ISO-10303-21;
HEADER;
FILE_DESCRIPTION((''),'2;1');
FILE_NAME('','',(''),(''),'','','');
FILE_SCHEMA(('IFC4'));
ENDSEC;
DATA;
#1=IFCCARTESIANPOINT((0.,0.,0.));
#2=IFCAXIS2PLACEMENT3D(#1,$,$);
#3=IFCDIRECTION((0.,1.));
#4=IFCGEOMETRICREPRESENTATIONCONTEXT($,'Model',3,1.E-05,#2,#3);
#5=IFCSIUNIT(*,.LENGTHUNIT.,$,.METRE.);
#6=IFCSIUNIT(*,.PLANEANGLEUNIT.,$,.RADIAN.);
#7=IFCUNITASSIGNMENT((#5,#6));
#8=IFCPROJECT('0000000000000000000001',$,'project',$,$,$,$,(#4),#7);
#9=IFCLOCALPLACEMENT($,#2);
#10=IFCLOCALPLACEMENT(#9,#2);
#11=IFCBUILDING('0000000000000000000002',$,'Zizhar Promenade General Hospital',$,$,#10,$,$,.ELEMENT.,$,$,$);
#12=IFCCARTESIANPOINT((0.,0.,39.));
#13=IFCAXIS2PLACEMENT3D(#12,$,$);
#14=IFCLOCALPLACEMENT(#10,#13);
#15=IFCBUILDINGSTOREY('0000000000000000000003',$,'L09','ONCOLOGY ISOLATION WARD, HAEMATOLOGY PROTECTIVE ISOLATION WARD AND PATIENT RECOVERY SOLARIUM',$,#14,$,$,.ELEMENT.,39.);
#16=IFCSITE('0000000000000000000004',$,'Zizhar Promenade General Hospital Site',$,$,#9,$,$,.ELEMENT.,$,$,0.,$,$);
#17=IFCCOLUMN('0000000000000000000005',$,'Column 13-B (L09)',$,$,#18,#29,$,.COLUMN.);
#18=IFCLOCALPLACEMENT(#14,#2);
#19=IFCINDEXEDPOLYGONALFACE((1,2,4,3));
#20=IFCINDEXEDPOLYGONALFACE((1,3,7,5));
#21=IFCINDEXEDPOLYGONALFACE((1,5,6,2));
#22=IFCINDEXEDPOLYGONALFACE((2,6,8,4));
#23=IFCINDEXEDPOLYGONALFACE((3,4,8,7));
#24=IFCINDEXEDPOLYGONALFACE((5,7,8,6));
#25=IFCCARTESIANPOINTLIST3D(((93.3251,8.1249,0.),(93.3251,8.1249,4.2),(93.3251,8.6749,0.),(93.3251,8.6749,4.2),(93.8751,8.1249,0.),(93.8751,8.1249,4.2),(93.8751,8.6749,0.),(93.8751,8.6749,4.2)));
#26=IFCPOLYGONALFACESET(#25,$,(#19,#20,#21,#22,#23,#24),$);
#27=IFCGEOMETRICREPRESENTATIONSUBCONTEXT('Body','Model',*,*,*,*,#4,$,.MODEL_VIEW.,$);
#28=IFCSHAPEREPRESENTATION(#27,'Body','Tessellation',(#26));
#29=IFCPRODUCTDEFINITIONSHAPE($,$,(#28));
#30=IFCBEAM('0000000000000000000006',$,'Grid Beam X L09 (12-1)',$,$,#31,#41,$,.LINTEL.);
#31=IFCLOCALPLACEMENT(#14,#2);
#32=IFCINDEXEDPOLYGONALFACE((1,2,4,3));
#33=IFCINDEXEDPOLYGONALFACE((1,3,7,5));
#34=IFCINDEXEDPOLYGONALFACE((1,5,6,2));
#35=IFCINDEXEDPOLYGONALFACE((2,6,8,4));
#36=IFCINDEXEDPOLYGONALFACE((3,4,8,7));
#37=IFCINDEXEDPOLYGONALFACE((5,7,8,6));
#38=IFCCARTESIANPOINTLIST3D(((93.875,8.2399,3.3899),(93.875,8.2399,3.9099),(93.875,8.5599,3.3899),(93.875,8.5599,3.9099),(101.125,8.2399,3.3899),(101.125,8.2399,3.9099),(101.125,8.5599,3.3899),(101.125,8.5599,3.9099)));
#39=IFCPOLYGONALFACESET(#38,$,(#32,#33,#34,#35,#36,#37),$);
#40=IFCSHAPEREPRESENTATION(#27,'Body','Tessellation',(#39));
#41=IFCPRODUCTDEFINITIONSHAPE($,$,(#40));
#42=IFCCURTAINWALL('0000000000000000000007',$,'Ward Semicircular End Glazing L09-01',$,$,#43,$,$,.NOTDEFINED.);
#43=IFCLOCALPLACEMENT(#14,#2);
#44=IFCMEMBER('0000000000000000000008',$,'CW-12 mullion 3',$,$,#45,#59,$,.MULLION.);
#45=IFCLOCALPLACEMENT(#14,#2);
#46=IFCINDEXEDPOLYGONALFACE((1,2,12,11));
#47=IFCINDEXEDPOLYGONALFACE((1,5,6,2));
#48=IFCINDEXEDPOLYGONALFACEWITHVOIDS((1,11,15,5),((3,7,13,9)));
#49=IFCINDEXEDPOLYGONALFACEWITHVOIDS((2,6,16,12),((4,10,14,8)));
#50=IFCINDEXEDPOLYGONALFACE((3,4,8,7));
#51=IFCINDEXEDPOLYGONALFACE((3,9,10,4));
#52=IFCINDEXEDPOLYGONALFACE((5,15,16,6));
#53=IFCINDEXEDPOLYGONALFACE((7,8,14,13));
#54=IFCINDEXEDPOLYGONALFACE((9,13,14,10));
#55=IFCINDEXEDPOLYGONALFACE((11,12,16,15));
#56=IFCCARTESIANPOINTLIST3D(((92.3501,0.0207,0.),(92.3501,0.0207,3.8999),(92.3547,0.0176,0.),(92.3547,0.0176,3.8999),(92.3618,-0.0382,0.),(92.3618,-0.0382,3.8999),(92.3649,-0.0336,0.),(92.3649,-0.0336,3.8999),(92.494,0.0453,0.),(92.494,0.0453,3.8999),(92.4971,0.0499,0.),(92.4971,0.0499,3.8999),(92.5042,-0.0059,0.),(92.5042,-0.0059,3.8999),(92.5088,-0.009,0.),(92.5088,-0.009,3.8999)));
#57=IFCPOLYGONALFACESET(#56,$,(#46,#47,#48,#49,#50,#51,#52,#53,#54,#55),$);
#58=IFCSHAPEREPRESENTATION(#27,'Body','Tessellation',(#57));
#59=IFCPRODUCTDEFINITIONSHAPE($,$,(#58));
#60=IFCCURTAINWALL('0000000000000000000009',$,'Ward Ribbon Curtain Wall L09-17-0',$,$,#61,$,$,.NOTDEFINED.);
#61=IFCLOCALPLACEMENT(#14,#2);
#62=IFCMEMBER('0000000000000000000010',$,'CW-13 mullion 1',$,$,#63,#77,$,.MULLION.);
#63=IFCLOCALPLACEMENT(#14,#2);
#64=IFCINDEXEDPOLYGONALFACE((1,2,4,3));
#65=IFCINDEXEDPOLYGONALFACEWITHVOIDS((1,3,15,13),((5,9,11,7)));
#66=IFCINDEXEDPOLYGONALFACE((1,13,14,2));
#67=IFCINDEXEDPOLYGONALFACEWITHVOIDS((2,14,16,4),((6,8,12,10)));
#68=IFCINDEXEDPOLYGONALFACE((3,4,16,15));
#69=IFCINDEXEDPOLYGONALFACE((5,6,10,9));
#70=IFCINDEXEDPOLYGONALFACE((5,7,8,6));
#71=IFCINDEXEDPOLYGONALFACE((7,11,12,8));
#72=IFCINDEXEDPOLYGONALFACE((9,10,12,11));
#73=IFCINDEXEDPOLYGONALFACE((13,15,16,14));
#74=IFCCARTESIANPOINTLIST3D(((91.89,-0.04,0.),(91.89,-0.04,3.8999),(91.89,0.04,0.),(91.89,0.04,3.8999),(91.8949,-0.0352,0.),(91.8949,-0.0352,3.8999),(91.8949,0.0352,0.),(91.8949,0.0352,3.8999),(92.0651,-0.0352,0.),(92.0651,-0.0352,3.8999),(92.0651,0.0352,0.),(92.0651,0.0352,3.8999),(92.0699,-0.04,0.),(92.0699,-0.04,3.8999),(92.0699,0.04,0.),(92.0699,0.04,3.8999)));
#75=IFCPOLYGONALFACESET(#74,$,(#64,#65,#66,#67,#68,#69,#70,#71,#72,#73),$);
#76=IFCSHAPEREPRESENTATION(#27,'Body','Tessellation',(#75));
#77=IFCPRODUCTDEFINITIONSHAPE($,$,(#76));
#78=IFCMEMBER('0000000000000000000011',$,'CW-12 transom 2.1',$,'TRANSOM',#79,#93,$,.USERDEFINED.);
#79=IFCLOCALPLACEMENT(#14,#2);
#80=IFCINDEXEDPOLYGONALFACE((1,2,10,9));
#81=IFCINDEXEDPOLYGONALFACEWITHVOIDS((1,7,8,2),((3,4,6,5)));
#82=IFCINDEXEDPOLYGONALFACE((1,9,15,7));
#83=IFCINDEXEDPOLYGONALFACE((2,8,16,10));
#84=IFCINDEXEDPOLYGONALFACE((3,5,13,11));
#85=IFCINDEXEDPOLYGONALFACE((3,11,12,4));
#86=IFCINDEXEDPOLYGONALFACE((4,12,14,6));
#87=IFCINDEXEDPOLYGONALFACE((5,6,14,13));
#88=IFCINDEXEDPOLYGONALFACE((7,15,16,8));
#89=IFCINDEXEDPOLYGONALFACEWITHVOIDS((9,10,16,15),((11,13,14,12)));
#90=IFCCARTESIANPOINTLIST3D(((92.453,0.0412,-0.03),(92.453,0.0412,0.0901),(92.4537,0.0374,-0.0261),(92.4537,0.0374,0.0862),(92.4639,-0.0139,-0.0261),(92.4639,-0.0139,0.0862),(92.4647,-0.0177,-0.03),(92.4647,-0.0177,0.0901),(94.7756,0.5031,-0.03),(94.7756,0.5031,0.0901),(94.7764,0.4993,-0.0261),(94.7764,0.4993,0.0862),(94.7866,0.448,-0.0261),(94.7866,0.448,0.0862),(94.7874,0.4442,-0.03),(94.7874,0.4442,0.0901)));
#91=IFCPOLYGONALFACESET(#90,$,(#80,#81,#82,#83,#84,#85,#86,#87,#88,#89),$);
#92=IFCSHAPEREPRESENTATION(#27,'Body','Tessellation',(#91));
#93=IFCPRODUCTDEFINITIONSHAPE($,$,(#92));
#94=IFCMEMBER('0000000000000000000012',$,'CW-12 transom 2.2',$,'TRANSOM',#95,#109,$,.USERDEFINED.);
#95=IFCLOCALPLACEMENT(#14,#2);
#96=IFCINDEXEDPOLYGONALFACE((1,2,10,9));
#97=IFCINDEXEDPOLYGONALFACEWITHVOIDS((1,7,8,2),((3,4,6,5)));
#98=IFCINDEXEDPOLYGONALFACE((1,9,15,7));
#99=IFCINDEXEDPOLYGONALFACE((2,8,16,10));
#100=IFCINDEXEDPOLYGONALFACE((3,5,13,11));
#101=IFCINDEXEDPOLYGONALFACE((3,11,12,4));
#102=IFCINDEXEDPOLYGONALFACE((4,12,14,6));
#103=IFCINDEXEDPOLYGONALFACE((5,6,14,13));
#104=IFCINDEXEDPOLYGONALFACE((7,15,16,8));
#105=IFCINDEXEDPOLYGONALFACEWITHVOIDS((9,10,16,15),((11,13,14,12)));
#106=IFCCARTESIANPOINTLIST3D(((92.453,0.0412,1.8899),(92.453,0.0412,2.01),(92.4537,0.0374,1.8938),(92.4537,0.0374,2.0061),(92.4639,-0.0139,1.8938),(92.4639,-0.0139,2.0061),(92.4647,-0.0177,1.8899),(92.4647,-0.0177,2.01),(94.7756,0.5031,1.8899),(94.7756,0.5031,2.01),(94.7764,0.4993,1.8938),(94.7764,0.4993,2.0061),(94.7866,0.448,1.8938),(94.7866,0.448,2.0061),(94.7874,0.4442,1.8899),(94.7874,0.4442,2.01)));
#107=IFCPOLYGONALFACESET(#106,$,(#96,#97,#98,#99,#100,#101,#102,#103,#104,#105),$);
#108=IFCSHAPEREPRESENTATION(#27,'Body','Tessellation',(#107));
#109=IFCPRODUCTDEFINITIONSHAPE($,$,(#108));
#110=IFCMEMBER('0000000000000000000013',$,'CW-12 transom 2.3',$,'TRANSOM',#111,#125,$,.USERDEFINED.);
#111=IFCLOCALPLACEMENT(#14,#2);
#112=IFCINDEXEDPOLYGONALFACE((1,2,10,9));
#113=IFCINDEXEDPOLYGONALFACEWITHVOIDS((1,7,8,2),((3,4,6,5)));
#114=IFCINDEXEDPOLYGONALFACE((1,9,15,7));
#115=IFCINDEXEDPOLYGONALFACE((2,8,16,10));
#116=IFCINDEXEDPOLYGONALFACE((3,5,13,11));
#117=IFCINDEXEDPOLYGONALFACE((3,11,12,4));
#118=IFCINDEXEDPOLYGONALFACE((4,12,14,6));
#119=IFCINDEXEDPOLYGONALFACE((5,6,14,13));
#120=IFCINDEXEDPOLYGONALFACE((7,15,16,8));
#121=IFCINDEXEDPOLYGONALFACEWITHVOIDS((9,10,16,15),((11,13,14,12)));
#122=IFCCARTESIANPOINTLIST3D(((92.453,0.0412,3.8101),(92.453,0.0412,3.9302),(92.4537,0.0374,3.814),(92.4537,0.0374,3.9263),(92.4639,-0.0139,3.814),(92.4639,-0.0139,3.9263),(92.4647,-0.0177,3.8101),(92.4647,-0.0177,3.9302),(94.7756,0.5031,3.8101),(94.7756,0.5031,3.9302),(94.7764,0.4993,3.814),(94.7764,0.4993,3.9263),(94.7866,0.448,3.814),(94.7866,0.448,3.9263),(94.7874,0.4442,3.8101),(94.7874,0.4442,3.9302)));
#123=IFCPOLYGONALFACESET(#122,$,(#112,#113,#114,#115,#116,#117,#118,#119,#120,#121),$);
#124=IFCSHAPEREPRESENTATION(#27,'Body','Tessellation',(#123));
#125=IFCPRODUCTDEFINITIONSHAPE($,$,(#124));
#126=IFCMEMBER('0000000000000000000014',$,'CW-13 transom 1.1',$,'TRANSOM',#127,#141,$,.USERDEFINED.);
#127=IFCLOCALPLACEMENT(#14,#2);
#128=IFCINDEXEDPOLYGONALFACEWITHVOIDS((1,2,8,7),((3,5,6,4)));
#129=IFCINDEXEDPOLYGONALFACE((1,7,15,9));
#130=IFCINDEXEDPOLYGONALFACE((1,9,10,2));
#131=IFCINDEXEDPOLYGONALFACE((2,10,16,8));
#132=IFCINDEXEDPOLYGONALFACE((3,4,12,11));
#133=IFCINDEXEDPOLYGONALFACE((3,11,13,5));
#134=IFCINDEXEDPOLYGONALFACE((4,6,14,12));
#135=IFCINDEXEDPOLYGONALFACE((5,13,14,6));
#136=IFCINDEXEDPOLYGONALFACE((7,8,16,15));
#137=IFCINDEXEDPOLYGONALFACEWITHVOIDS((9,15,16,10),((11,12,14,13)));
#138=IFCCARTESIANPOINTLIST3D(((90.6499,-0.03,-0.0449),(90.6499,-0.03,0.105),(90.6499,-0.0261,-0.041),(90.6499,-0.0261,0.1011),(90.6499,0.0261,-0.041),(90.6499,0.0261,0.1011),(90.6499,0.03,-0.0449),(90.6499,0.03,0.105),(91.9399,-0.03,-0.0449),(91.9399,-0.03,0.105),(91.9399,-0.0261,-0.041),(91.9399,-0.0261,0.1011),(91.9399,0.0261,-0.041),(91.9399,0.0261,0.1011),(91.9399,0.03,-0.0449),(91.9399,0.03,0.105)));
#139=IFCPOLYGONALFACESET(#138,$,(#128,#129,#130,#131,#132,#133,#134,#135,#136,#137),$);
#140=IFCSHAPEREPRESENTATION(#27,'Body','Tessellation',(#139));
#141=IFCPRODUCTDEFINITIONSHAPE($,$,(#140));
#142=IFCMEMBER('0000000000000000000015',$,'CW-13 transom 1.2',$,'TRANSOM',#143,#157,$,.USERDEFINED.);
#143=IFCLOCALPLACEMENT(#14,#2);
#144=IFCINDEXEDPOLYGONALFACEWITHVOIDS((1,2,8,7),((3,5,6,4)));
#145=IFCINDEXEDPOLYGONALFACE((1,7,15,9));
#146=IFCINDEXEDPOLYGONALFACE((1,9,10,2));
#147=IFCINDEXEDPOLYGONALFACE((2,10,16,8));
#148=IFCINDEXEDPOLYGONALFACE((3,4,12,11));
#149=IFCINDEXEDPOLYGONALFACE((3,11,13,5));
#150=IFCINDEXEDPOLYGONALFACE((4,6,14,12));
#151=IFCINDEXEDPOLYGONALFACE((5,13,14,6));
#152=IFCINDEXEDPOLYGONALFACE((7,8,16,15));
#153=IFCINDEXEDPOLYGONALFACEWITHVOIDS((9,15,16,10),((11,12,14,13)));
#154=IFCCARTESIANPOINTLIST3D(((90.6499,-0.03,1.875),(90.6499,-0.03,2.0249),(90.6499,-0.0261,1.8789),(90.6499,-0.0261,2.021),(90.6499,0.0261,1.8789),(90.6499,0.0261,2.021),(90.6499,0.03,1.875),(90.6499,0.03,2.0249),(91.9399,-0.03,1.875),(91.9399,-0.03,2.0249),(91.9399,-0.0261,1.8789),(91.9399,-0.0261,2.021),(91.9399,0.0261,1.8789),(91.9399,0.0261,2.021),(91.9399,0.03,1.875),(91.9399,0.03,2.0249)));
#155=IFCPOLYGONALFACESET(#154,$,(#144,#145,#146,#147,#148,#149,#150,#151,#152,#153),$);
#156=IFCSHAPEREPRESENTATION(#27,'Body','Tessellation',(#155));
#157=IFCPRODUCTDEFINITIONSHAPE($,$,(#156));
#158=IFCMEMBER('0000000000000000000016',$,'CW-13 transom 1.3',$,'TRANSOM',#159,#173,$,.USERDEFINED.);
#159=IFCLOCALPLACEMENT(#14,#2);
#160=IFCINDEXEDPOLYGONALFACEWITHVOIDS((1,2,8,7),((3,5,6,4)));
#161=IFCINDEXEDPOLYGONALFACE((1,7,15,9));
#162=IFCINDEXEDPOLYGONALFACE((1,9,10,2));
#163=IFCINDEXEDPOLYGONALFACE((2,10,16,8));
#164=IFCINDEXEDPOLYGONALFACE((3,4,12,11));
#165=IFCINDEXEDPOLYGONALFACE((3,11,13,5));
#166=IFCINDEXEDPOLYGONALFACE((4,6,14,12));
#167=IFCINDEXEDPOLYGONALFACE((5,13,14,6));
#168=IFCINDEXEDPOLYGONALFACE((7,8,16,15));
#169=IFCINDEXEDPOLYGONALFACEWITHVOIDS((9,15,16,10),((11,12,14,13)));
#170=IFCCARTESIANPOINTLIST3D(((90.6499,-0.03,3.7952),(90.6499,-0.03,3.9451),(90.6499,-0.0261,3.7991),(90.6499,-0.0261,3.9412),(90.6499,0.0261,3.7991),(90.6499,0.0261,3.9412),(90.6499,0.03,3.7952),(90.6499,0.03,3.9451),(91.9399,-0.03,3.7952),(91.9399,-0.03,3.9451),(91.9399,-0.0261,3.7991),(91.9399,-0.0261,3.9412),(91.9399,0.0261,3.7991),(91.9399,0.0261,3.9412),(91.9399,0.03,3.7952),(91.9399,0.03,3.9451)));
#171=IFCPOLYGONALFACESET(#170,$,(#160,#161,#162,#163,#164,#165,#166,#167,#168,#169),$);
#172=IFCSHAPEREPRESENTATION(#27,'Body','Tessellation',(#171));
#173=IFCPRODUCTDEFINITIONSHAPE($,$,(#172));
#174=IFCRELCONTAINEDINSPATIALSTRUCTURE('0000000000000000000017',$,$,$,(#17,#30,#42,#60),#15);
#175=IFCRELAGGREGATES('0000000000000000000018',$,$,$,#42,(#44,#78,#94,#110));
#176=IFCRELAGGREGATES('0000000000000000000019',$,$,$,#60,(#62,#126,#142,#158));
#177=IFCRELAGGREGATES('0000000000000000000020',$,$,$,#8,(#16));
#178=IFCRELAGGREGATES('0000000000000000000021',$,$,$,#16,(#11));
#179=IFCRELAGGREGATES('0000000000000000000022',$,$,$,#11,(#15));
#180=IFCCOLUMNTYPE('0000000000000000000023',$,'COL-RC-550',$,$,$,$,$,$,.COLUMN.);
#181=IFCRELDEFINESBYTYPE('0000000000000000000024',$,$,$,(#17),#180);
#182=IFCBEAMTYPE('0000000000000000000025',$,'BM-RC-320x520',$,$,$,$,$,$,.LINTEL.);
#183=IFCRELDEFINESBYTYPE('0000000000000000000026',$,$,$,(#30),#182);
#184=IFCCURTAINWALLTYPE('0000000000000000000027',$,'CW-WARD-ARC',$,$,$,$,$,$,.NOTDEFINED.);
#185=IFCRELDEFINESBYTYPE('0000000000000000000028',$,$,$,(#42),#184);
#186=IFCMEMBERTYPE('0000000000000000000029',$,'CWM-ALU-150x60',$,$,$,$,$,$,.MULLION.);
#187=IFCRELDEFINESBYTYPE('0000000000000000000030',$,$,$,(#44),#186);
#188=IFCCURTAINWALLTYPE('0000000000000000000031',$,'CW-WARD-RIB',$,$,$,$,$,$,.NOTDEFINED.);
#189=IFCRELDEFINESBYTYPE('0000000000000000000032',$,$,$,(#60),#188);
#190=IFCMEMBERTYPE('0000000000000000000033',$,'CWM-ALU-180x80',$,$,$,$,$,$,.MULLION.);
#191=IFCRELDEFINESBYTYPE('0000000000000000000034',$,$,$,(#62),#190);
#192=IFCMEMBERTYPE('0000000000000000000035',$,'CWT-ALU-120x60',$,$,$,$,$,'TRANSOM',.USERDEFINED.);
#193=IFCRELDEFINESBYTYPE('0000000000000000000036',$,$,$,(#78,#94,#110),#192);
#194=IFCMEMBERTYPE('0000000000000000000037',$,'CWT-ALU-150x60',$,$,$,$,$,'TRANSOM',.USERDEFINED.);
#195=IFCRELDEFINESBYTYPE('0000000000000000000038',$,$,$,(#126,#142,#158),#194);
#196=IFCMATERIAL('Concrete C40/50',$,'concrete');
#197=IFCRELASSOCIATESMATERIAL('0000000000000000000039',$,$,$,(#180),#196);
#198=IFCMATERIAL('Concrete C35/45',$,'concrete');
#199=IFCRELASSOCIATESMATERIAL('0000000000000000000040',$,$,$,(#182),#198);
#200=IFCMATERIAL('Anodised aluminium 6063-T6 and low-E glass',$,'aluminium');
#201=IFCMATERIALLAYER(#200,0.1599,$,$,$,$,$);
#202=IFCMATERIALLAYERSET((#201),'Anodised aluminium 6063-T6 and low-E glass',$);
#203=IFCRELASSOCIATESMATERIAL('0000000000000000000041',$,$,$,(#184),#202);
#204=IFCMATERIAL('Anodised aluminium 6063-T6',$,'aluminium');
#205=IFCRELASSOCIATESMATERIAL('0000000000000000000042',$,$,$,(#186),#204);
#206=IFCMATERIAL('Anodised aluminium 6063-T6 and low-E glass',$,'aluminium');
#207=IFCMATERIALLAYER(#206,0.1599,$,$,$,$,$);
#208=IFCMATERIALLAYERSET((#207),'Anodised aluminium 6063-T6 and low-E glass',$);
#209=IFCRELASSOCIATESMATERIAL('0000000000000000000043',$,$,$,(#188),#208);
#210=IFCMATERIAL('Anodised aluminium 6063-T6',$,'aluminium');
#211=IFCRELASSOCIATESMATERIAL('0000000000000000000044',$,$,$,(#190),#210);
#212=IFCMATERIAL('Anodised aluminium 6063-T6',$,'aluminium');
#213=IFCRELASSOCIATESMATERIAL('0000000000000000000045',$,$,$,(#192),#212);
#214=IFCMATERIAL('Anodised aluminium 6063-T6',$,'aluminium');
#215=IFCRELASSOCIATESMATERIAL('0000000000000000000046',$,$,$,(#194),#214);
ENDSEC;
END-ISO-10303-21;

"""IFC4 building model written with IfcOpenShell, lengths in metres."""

from ifc_helpers import new_model, si_unit, direction, frame, origin, origin_2d, place, context, subcontext, project, spatial, rectangle, hollow_rectangle, extrude, material, layer, layer_set, material_profile, profile_set, type_object, element, aggregate, save


model = new_model("IFC4")

# Units and contexts
model_context = context("Model", 3, precision=1e-05, world=origin(), true_north=direction((0.0, 1.0)))
body_context = subcontext(model_context, "Body", "Model", "MODEL_VIEW")
ifc_project = project(units=[si_unit("LENGTHUNIT", "METRE"), si_unit("PLANEANGLEUNIT", "RADIAN")], contexts=[model_context])

# Site, building, storey
site_placement = place(None, origin())
site = spatial("IfcSite", under=ifc_project, at=site_placement, Name="Zizhar Promenade General Hospital Site", CompositionType="ELEMENT", RefElevation=0.0)
building_placement = place(site_placement, origin())
building = spatial("IfcBuilding", under=site, at=building_placement, Name="Zizhar Promenade General Hospital", CompositionType="ELEMENT")
storey_placement = place(building_placement, frame((0.0, 0.0, 39.0)))
storey = spatial("IfcBuildingStorey", under=building, at=storey_placement, Name="L09", Description="ONCOLOGY ISOLATION WARD, HAEMATOLOGY PROTECTIVE ISOLATION WARD AND PATIENT RECOVERY SOLARIUM", CompositionType="ELEMENT", Elevation=39.0)

# Column
ifc_material_1 = material(Name="Concrete C40/50", Category="concrete")
ifc_material_profile_1 = material_profile(ifc_material_1, rectangle(XDim=0.55, YDim=0.55, at=origin_2d()))
ifc_profile_set_1 = profile_set([ifc_material_profile_1], Name="Concrete C40/50")
column_type = type_object("IfcColumnType", Name="COL-RC-550", PredefinedType="COLUMN", material=ifc_profile_set_1)
column_placement = place(storey_placement, frame((93.6001, 8.3999, 0.0), z_axis=(0.0, 0.0, 1.0), x_axis=(1.0, 0.0, 0.0)))
element("IfcColumn", 1, at=column_placement, inside=storey, type_object=column_type, Name="Column 13-B (L09)", PredefinedType="COLUMN", context=body_context, shape_type="SweptSolid", body=[
    extrude(rectangle(XDim=0.55, YDim=0.55, at=origin_2d()), origin(), (0.0, 0.0, 1.0), 4.2),
])

# Beam
ifc_material_2 = material(Name="Concrete C35/45", Category="concrete")
ifc_material_profile_2 = material_profile(ifc_material_2, rectangle(XDim=0.3201, YDim=0.52, at=origin_2d()))
ifc_profile_set_2 = profile_set([ifc_material_profile_2], Name="Concrete C35/45")
beam_type = type_object("IfcBeamType", Name="BM-RC-320x520", PredefinedType="LINTEL", material=ifc_profile_set_2)
beam_placement = place(storey_placement, frame((93.875, 8.3999, 3.6499), z_axis=(1.0, 0.0, 0.0), x_axis=(0.0, 1.0, 0.0)))
element("IfcBeam", 2, at=beam_placement, inside=storey, type_object=beam_type, Name="Grid Beam X L09 (12-1)", PredefinedType="LINTEL", context=body_context, shape_type="SweptSolid", body=[
    extrude(rectangle(XDim=0.3201, YDim=0.52, at=origin_2d()), origin(), (0.0, 0.0, 1.0), 7.25),
])

# Curtain walls, members
ifc_material_3 = material(Name="Anodised aluminium 6063-T6 and low-E glass", Category="aluminium")
ifc_layer_1 = layer(ifc_material_3, 0.1599)
ifc_layer_set_1 = layer_set([ifc_layer_1], Name="Anodised aluminium 6063-T6 and low-E glass")
curtain_wall_type_1 = type_object("IfcCurtainWallType", Name="CW-WARD-ARC", PredefinedType="NOTDEFINED", material=ifc_layer_set_1)
curtain_wall_1_placement = place(storey_placement, origin())
curtain_wall_1 = element("IfcCurtainWall", 3, at=curtain_wall_1_placement, inside=storey, type_object=curtain_wall_type_1, Name="Ward Semicircular End Glazing L09-01", PredefinedType="NOTDEFINED")
ifc_material_4 = material(Name="Anodised aluminium 6063-T6", Category="aluminium")
ifc_material_profile_3 = material_profile(ifc_material_4, hollow_rectangle(XDim=0.0601, YDim=0.1499, WallThickness=0.0039, at=origin_2d()))
ifc_profile_set_3 = profile_set([ifc_material_profile_3], Name="Anodised aluminium 6063-T6")
member_type_1 = type_object("IfcMemberType", Name="CWM-ALU-150x60", PredefinedType="MULLION", material=ifc_profile_set_3)
member_1_placement = place(storey_placement, frame((92.4294, 0.0059, 0.0), z_axis=(0.0, 0.0, 1.0), x_axis=(0.195087, -0.980786, 0.0)))
member_1 = element("IfcMember", 4, at=member_1_placement, type_object=member_type_1, Name="CW-12 mullion 3", PredefinedType="MULLION", context=body_context, shape_type="SweptSolid", body=[
    extrude(hollow_rectangle(XDim=0.0601, YDim=0.1499, WallThickness=0.0039, at=origin_2d()), origin(), (0.0, 0.0, 1.0), 3.8999),
])
ifc_material_5 = material(Name="Anodised aluminium 6063-T6 and low-E glass", Category="aluminium")
ifc_layer_2 = layer(ifc_material_5, 0.1599)
ifc_layer_set_2 = layer_set([ifc_layer_2], Name="Anodised aluminium 6063-T6 and low-E glass")
curtain_wall_type_2 = type_object("IfcCurtainWallType", Name="CW-WARD-RIB", PredefinedType="NOTDEFINED", material=ifc_layer_set_2)
curtain_wall_2_placement = place(storey_placement, origin())
curtain_wall_2 = element("IfcCurtainWall", 5, at=curtain_wall_2_placement, inside=storey, type_object=curtain_wall_type_2, Name="Ward Ribbon Curtain Wall L09-17-0", PredefinedType="NOTDEFINED")
ifc_material_6 = material(Name="Anodised aluminium 6063-T6", Category="aluminium")
ifc_material_profile_4 = material_profile(ifc_material_6, hollow_rectangle(XDim=0.0801, YDim=0.1799, WallThickness=0.0049, at=origin_2d()))
ifc_profile_set_4 = profile_set([ifc_material_profile_4], Name="Anodised aluminium 6063-T6")
member_type_2 = type_object("IfcMemberType", Name="CWM-ALU-180x80", PredefinedType="MULLION", material=ifc_profile_set_4)
member_2_placement = place(storey_placement, frame((91.98, 0.0, 0.0), z_axis=(0.0, 0.0, 1.0), x_axis=(0.0, -1.0, 0.0)))
member_2 = element("IfcMember", 6, at=member_2_placement, type_object=member_type_2, Name="CW-13 mullion 1", PredefinedType="MULLION", context=body_context, shape_type="SweptSolid", body=[
    extrude(hollow_rectangle(XDim=0.0801, YDim=0.1799, WallThickness=0.0049, at=origin_2d()), origin(), (0.0, 0.0, 1.0), 3.8999),
])

# Members
ifc_material_7 = material(Name="Anodised aluminium 6063-T6", Category="aluminium")
ifc_material_profile_5 = material_profile(ifc_material_7, hollow_rectangle(XDim=0.0601, YDim=0.1201, WallThickness=0.0039, at=origin_2d()))
ifc_profile_set_5 = profile_set([ifc_material_profile_5], Name="Anodised aluminium 6063-T6")
member_type_3 = type_object("IfcMemberType", Name="CWT-ALU-120x60", ElementType="TRANSOM", PredefinedType="USERDEFINED", material=ifc_profile_set_5)
member_3_placement = place(storey_placement, frame((94.7815, 0.4736, 0.03), z_axis=(-0.980794, -0.195045, 0.0), x_axis=(0.195045, -0.980794, 0.0)))
member_3 = element("IfcMember", 7, at=member_3_placement, type_object=member_type_3, Name="CW-12 transom 2.1", ObjectType="TRANSOM", PredefinedType="USERDEFINED", context=body_context, shape_type="SweptSolid", body=[
    extrude(hollow_rectangle(XDim=0.0601, YDim=0.1201, WallThickness=0.0039, at=origin_2d()), origin(), (0.0, 0.0, 1.0), 2.3682),
])
member_4_placement = place(storey_placement, frame((94.7815, 0.4736, 1.95), z_axis=(-0.980794, -0.195045, 0.0), x_axis=(0.195045, -0.980794, 0.0)))
member_4 = element("IfcMember", 8, at=member_4_placement, type_object=member_type_3, Name="CW-12 transom 2.2", ObjectType="TRANSOM", PredefinedType="USERDEFINED", context=body_context, shape_type="SweptSolid", body=[
    extrude(hollow_rectangle(XDim=0.0601, YDim=0.1201, WallThickness=0.0039, at=origin_2d()), origin(), (0.0, 0.0, 1.0), 2.3682),
])
member_5_placement = place(storey_placement, frame((94.7815, 0.4736, 3.8701), z_axis=(-0.980794, -0.195045, 0.0), x_axis=(0.195045, -0.980794, 0.0)))
member_5 = element("IfcMember", 9, at=member_5_placement, type_object=member_type_3, Name="CW-12 transom 2.3", ObjectType="TRANSOM", PredefinedType="USERDEFINED", context=body_context, shape_type="SweptSolid", body=[
    extrude(hollow_rectangle(XDim=0.0601, YDim=0.1201, WallThickness=0.0039, at=origin_2d()), origin(), (0.0, 0.0, 1.0), 2.3682),
])
ifc_material_8 = material(Name="Anodised aluminium 6063-T6", Category="aluminium")
ifc_material_profile_6 = material_profile(ifc_material_8, hollow_rectangle(XDim=0.0601, YDim=0.1499, WallThickness=0.0039, at=origin_2d()))
ifc_profile_set_6 = profile_set([ifc_material_profile_6], Name="Anodised aluminium 6063-T6")
member_type_4 = type_object("IfcMemberType", Name="CWT-ALU-150x60", ElementType="TRANSOM", PredefinedType="USERDEFINED", material=ifc_profile_set_6)
member_6_placement = place(storey_placement, frame((91.9399, 0.0, 0.03), z_axis=(-1.0, 0.0, 0.0), x_axis=(0.0, -1.0, 0.0)))
member_6 = element("IfcMember", 10, at=member_6_placement, type_object=member_type_4, Name="CW-13 transom 1.1", ObjectType="TRANSOM", PredefinedType="USERDEFINED", context=body_context, shape_type="SweptSolid", body=[
    extrude(hollow_rectangle(XDim=0.0601, YDim=0.1499, WallThickness=0.0039, at=origin_2d()), origin(), (0.0, 0.0, 1.0), 1.29),
])
member_7_placement = place(storey_placement, frame((91.9399, 0.0, 1.95), z_axis=(-1.0, 0.0, 0.0), x_axis=(0.0, -1.0, 0.0)))
member_7 = element("IfcMember", 11, at=member_7_placement, type_object=member_type_4, Name="CW-13 transom 1.2", ObjectType="TRANSOM", PredefinedType="USERDEFINED", context=body_context, shape_type="SweptSolid", body=[
    extrude(hollow_rectangle(XDim=0.0601, YDim=0.1499, WallThickness=0.0039, at=origin_2d()), origin(), (0.0, 0.0, 1.0), 1.29),
])
member_8_placement = place(storey_placement, frame((91.9399, 0.0, 3.8701), z_axis=(-1.0, 0.0, 0.0), x_axis=(0.0, -1.0, 0.0)))
member_8 = element("IfcMember", 12, at=member_8_placement, type_object=member_type_4, Name="CW-13 transom 1.3", ObjectType="TRANSOM", PredefinedType="USERDEFINED", context=body_context, shape_type="SweptSolid", body=[
    extrude(hollow_rectangle(XDim=0.0601, YDim=0.1499, WallThickness=0.0039, at=origin_2d()), origin(), (0.0, 0.0, 1.0), 1.29),
])

aggregate(curtain_wall_1, [member_1, member_3, member_4, member_5])
aggregate(curtain_wall_2, [member_2, member_6, member_7, member_8])

save(model, "model.ifc")
